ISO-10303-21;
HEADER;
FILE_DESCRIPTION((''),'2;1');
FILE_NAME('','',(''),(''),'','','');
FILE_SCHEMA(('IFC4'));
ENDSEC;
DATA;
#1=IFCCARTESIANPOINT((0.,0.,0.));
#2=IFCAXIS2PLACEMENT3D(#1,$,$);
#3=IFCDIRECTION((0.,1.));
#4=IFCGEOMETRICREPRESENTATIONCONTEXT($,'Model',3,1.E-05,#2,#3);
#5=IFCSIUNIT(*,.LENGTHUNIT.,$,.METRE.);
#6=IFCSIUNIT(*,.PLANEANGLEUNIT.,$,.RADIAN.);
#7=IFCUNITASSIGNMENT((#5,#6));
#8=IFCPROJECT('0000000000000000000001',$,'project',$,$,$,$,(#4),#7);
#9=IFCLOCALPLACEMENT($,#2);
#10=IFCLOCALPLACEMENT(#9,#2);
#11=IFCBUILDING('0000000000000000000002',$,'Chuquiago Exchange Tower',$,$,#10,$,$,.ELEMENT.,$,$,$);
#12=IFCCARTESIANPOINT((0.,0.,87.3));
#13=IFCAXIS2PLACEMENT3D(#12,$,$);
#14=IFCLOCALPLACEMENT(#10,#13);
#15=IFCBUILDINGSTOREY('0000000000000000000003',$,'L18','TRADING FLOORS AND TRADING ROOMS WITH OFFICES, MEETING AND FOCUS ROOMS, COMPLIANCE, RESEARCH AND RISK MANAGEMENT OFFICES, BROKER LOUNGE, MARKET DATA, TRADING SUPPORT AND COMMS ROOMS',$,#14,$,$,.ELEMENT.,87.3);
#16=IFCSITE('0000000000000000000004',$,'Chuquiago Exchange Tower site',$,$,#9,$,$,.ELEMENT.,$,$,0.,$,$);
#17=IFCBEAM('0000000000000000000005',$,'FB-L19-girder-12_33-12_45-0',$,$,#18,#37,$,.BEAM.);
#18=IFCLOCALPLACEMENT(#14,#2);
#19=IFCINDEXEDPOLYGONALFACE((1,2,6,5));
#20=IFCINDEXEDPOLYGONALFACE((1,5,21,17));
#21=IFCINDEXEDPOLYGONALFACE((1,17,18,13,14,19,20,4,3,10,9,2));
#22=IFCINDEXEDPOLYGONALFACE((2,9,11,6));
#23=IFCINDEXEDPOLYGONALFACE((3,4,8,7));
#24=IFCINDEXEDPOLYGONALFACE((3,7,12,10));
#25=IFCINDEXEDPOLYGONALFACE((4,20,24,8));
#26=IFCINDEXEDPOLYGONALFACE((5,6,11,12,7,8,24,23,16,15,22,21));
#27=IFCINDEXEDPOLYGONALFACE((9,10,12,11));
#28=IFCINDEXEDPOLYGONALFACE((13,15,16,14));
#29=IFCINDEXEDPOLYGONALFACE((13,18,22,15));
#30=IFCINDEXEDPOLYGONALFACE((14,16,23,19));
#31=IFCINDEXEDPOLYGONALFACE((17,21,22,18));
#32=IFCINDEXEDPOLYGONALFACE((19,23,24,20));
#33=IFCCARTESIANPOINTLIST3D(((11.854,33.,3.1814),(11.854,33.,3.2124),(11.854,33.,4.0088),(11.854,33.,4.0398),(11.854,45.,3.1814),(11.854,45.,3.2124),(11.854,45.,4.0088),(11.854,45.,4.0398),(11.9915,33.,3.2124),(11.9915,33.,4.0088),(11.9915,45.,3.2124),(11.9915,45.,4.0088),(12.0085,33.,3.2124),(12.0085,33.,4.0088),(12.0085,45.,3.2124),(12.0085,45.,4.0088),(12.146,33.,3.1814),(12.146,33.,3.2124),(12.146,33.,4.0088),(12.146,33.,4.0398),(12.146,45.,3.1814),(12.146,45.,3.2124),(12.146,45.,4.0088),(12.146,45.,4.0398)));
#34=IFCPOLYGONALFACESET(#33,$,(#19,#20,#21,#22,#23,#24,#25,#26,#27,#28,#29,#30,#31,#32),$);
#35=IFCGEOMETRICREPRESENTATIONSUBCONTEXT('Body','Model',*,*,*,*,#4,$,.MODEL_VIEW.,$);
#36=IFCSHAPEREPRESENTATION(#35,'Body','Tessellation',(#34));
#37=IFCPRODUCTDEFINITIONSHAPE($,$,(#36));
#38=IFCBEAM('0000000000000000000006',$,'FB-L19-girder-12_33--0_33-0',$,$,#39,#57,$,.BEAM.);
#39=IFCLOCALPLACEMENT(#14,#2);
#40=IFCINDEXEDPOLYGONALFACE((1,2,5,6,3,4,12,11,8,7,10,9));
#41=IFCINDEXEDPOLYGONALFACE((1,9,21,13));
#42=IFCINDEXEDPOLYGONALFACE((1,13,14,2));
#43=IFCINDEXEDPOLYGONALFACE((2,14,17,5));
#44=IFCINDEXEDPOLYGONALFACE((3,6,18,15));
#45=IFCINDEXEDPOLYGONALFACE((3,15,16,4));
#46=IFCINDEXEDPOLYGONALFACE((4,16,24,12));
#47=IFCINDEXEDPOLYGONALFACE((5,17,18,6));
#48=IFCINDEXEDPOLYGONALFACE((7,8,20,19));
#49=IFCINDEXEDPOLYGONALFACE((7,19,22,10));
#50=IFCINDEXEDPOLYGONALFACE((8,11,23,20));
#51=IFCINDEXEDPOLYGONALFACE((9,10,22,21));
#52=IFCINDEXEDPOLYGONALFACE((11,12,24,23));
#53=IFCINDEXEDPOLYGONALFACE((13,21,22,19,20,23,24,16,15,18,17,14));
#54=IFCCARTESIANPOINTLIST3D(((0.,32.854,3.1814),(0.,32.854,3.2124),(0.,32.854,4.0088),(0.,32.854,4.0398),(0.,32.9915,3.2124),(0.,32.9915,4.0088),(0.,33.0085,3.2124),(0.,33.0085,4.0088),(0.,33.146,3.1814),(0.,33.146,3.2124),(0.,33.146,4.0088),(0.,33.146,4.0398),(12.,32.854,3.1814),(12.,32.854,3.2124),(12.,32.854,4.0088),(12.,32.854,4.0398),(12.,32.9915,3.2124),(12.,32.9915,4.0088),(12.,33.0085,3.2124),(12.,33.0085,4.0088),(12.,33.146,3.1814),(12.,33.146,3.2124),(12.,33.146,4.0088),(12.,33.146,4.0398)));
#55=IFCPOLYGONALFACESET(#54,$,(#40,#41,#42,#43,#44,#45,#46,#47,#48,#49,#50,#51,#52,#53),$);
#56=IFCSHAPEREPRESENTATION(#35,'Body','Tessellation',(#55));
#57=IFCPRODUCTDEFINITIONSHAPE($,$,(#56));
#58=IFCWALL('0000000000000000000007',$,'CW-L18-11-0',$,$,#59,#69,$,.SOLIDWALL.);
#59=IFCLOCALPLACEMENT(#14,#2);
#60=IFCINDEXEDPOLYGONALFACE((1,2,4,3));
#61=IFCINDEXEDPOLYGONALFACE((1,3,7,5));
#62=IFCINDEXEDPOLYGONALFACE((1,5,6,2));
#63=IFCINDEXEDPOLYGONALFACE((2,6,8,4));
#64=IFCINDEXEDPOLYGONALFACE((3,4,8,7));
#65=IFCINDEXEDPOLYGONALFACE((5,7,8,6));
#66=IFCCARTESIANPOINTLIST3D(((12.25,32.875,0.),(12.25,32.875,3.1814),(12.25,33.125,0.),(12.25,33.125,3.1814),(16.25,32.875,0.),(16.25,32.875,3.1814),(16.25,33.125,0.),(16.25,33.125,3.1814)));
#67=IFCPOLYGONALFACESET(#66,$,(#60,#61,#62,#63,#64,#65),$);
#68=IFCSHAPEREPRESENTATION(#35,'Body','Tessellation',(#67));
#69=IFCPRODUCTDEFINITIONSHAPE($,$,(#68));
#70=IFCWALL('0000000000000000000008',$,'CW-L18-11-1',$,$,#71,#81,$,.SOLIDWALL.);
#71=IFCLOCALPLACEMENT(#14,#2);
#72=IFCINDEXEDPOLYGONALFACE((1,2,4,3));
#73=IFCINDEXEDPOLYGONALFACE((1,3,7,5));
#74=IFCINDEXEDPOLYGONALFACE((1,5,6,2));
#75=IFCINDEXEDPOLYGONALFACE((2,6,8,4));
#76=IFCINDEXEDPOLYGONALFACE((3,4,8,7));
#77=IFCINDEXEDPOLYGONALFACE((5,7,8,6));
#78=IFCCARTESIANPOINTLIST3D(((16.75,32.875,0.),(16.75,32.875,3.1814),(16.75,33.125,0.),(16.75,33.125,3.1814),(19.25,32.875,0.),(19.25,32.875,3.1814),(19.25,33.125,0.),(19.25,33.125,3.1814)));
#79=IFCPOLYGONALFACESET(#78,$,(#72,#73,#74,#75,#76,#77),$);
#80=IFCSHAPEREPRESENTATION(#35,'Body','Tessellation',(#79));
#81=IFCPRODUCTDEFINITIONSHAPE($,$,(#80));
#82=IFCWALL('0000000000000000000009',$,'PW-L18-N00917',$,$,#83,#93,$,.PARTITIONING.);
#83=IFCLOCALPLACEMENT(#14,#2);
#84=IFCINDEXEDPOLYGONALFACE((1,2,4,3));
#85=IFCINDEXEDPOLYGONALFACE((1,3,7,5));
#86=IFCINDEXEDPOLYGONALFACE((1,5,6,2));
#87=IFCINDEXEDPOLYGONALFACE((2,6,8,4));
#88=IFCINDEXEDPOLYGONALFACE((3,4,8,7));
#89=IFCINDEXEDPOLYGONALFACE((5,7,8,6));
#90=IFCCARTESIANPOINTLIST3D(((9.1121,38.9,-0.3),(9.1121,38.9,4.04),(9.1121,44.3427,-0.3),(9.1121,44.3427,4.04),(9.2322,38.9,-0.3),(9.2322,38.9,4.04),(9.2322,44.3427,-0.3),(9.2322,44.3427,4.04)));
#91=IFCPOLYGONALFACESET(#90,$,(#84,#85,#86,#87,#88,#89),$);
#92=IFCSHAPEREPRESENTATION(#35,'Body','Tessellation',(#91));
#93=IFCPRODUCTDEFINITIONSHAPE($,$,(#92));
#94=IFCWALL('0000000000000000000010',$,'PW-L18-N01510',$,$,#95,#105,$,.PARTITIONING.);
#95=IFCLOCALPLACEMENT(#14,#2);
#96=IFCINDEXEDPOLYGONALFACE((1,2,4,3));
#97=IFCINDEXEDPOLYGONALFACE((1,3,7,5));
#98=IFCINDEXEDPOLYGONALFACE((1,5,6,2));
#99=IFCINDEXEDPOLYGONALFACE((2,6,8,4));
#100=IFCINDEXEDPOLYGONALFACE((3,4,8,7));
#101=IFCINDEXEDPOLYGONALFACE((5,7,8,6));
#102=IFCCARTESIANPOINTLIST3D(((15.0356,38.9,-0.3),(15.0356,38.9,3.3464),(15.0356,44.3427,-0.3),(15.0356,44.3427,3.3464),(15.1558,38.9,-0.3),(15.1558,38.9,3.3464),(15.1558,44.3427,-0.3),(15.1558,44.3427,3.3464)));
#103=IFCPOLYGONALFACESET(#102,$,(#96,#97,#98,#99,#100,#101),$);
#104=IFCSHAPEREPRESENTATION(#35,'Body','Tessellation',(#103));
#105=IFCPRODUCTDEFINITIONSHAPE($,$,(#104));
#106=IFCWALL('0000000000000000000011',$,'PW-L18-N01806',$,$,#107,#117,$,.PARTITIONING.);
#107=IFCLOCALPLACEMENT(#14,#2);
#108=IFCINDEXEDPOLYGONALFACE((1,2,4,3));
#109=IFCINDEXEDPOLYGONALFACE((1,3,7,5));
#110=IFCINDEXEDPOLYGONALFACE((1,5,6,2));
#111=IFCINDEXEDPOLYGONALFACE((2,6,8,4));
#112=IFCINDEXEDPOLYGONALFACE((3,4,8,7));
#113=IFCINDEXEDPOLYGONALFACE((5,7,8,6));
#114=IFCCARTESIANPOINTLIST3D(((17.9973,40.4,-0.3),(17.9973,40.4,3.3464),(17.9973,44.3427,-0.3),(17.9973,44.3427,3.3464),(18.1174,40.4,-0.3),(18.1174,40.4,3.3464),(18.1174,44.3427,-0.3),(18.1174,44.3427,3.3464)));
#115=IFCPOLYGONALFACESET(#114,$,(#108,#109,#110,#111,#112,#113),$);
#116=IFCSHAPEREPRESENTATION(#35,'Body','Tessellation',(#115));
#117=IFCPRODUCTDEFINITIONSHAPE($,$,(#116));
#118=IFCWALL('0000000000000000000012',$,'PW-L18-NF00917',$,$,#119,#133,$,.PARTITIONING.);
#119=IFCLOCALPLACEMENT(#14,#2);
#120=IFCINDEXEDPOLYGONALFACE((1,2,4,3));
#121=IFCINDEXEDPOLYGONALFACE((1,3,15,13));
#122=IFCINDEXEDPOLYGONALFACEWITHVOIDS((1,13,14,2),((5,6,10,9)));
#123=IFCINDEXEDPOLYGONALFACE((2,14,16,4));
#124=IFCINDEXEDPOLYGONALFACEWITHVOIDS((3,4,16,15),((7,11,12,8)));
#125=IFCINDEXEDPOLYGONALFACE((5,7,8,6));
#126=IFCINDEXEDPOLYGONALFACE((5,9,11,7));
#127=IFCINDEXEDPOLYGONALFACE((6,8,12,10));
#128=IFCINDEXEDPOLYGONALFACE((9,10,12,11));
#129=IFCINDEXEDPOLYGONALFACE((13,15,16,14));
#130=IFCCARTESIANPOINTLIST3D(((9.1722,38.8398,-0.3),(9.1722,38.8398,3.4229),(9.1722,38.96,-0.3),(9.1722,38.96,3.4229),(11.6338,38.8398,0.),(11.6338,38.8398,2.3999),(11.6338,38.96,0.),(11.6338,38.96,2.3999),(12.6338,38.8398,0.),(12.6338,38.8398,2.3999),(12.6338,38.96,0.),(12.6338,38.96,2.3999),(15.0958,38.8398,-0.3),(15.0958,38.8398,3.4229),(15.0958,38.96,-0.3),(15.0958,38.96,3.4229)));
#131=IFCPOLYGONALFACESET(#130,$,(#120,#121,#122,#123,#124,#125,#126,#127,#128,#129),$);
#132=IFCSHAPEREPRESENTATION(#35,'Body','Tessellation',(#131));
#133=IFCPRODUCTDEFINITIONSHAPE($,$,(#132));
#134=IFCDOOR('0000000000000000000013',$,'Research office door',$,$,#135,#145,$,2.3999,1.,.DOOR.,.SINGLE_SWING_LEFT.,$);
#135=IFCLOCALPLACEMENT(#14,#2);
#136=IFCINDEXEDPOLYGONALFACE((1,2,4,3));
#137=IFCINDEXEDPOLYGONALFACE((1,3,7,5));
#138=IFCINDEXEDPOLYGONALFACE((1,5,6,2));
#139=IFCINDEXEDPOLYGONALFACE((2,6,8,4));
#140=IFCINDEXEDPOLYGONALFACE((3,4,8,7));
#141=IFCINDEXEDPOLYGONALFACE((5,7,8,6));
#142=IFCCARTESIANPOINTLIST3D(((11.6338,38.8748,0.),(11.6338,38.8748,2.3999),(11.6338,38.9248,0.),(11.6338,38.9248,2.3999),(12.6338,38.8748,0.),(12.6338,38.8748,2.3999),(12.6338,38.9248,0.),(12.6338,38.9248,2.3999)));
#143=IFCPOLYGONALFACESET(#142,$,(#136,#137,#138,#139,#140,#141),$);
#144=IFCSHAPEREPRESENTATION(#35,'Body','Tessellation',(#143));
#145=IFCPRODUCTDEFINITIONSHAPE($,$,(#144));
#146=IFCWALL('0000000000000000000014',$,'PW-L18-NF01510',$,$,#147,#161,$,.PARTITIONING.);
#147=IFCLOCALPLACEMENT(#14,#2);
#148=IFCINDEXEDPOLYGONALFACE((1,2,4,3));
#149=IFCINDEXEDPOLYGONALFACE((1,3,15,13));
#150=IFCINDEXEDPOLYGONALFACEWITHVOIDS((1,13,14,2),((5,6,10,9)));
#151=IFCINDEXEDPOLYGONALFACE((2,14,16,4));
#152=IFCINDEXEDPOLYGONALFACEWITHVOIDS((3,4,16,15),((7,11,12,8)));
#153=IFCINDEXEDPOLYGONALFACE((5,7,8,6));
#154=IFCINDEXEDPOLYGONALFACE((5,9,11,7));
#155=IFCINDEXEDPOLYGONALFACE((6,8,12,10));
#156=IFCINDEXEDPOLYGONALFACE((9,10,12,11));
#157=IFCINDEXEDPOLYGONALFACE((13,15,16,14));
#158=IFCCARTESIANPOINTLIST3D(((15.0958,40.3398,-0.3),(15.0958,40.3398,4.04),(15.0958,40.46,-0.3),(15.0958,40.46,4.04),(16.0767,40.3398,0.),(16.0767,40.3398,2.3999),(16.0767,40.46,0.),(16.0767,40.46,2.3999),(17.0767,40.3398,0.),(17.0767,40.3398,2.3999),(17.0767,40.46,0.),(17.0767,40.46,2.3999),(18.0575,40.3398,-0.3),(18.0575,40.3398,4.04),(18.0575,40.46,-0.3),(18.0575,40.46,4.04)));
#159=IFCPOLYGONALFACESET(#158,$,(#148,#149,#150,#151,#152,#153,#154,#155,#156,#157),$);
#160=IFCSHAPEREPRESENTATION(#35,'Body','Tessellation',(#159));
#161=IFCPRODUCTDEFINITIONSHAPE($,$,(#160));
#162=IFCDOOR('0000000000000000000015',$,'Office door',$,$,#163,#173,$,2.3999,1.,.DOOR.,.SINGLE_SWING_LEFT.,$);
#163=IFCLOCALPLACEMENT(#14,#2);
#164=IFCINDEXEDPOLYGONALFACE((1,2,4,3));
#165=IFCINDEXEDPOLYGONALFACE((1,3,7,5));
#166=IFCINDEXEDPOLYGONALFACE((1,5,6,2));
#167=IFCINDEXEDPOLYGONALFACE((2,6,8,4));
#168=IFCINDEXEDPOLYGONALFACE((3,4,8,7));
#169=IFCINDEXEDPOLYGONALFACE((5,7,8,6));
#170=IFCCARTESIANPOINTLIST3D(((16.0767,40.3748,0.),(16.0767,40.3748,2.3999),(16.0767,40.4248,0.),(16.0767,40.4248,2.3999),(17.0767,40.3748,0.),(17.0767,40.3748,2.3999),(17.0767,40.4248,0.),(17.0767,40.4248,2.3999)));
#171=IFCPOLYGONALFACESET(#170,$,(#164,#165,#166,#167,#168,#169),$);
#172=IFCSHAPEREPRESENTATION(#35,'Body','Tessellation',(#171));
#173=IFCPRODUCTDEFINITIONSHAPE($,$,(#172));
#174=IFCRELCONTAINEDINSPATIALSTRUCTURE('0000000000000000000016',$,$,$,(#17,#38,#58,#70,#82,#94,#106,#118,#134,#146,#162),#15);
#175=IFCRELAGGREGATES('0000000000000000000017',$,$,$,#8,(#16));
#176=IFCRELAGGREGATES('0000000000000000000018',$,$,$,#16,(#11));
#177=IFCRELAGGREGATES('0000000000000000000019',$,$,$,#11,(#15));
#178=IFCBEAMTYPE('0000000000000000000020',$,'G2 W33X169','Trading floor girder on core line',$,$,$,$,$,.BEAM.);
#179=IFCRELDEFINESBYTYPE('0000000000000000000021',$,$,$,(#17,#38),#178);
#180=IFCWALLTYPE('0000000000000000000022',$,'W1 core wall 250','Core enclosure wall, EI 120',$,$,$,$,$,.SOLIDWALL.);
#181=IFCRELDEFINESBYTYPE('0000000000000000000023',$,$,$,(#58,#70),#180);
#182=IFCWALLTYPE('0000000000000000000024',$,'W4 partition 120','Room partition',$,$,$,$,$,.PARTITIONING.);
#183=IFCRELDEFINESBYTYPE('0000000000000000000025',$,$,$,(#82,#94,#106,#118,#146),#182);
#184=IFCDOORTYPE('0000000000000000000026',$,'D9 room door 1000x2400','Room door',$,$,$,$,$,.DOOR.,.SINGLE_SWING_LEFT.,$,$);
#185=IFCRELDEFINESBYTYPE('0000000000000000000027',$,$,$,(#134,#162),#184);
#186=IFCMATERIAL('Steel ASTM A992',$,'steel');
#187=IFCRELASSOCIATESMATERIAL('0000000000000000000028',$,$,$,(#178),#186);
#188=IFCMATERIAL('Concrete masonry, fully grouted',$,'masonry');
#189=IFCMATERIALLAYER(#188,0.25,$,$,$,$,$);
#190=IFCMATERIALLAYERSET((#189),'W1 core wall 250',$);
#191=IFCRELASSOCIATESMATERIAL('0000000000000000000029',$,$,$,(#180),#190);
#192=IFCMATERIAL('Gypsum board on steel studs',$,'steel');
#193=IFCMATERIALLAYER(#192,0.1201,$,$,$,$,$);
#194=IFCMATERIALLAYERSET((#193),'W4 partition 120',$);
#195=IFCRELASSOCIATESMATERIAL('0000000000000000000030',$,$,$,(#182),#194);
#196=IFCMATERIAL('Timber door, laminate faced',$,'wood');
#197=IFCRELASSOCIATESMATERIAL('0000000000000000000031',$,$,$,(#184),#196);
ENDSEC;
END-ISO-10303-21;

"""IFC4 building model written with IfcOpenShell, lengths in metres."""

from ifc_helpers import new_model, si_unit, direction, frame, frame_2d, origin, origin_2d, place, context, subcontext, project, spatial, rectangle, i_section, extrude, material, layer, layer_set, material_profile, profile_set, type_object, element, fill, save


model = new_model("IFC4")

# Units and contexts
model_context = context("Model", 3, precision=1e-05, world=origin(), true_north=direction((0.0, 1.0)))
body_context = subcontext(model_context, "Body", "Model", "MODEL_VIEW")
ifc_project = project(units=[si_unit("LENGTHUNIT", "METRE"), si_unit("PLANEANGLEUNIT", "RADIAN")], contexts=[model_context])

# Site, building, storey
site_placement = place(None, origin())
site = spatial("IfcSite", under=ifc_project, at=site_placement, Name="Chuquiago Exchange Tower site", CompositionType="ELEMENT", RefElevation=0.0)
building_placement = place(site_placement, origin())
building = spatial("IfcBuilding", under=site, at=building_placement, Name="Chuquiago Exchange Tower", CompositionType="ELEMENT")
storey_placement = place(building_placement, frame((0.0, 0.0, 87.3)))
storey = spatial("IfcBuildingStorey", under=building, at=storey_placement, Name="L18", Description="TRADING FLOORS AND TRADING ROOMS WITH OFFICES, MEETING AND FOCUS ROOMS, COMPLIANCE, RESEARCH AND RISK MANAGEMENT OFFICES, BROKER LOUNGE, MARKET DATA, TRADING SUPPORT AND COMMS ROOMS", CompositionType="ELEMENT", Elevation=87.3)

# Beams
ifc_material_1 = material(Name="Steel ASTM A992", Category="steel")
ifc_material_profile_1 = material_profile(ifc_material_1, i_section(OverallWidth=0.292, OverallDepth=0.8584, WebThickness=0.0171, FlangeThickness=0.031, at=origin_2d()), Name="W33X169")
ifc_profile_set_1 = profile_set([ifc_material_profile_1], Name="Steel ASTM A992")
beam_type_1 = type_object("IfcBeamType", Name="G2 W33X169", Description="Trading floor girder on core line", PredefinedType="BEAM", material=ifc_profile_set_1)
for number, where, z_axis, x_axis, name in (
    (1, (12.0, 33.0, 3.6106), (0.0, 1.0, 0.0), (-1.0, 0.0, 0.0), "FB-L19-girder-12_33-12_45-0"),
    (2, (12.0, 33.0, 3.6106), (-1.0, 0.0, 0.0), (0.0, -1.0, 0.0), "FB-L19-girder-12_33--0_33-0"),
):
    element("IfcBeam", number, at=place(storey_placement, frame(where, z_axis=z_axis, x_axis=x_axis)), inside=storey, type_object=beam_type_1, Name=name, PredefinedType="BEAM", context=body_context, shape_type="SweptSolid", body=[
        extrude(i_section(OverallWidth=0.292, OverallDepth=0.8584, WebThickness=0.0171, FlangeThickness=0.031, at=origin_2d()), origin(), (0.0, 0.0, 1.0), 12.0),
    ])

# Walls
ifc_material_2 = material(Name="Concrete masonry, fully grouted", Category="masonry")
ifc_layer_1 = layer(ifc_material_2, 0.25)
ifc_layer_set_1 = layer_set([ifc_layer_1], Name="W1 core wall 250")
wall_type_1 = type_object("IfcWallType", Name="W1 core wall 250", Description="Core enclosure wall, EI 120", PredefinedType="SOLIDWALL", material=ifc_layer_set_1)
wall_1_placement = place(storey_placement, frame((12.25, 33.0, 0.0), z_axis=(0.0, 0.0, 1.0), x_axis=(1.0, 0.0, 0.0)))
element("IfcWall", 3, at=wall_1_placement, inside=storey, type_object=wall_type_1, Name="CW-L18-11-0", PredefinedType="SOLIDWALL", context=body_context, shape_type="SweptSolid", body=[
    extrude(rectangle(XDim=4.0, YDim=0.25, at=frame_2d((2.0, 0.0))), origin(), (0.0, 0.0, 1.0), 3.1814),
])
wall_2_placement = place(storey_placement, frame((16.75, 33.0, 0.0), z_axis=(0.0, 0.0, 1.0), x_axis=(1.0, 0.0, 0.0)))
element("IfcWall", 4, at=wall_2_placement, inside=storey, type_object=wall_type_1, Name="CW-L18-11-1", PredefinedType="SOLIDWALL", context=body_context, shape_type="SweptSolid", body=[
    extrude(rectangle(XDim=2.5, YDim=0.25, at=frame_2d((1.25, 0.0))), origin(), (0.0, 0.0, 1.0), 3.1814),
])
ifc_material_3 = material(Name="Gypsum board on steel studs", Category="steel")
ifc_layer_2 = layer(ifc_material_3, 0.1201)
ifc_layer_set_2 = layer_set([ifc_layer_2], Name="W4 partition 120")
wall_type_2 = type_object("IfcWallType", Name="W4 partition 120", Description="Room partition", PredefinedType="PARTITIONING", material=ifc_layer_set_2)
wall_3_placement = place(storey_placement, frame((9.1721, 44.3425, -0.3), z_axis=(0.0, 0.0, 1.0), x_axis=(0.0, -1.0, 0.0)))
element("IfcWall", 5, at=wall_3_placement, inside=storey, type_object=wall_type_2, Name="PW-L18-N00917", PredefinedType="PARTITIONING", context=body_context, shape_type="SweptSolid", body=[
    extrude(rectangle(XDim=5.4426, YDim=0.1201, at=frame_2d((2.7212, 0.0))), origin(), (0.0, 0.0, 1.0), 4.3401),
])
wall_4_placement = place(storey_placement, frame((15.0957, 44.3425, -0.3), z_axis=(0.0, 0.0, 1.0), x_axis=(0.0, -1.0, 0.0)))
element("IfcWall", 6, at=wall_4_placement, inside=storey, type_object=wall_type_2, Name="PW-L18-N01510", PredefinedType="PARTITIONING", context=body_context, shape_type="SweptSolid", body=[
    extrude(rectangle(XDim=5.4426, YDim=0.1201, at=frame_2d((2.7212, 0.0))), origin(), (0.0, 0.0, 1.0), 3.6465),
])
wall_5_placement = place(storey_placement, frame((18.0574, 44.3425, -0.3), z_axis=(0.0, 0.0, 1.0), x_axis=(0.0, -1.0, 0.0)))
element("IfcWall", 7, at=wall_5_placement, inside=storey, type_object=wall_type_2, Name="PW-L18-N01806", PredefinedType="PARTITIONING", context=body_context, shape_type="SweptSolid", body=[
    extrude(rectangle(XDim=3.9426, YDim=0.1201, at=frame_2d((1.9712, 0.0))), origin(), (0.0, 0.0, 1.0), 3.6465),
])

# Walls, openings, doors
wall_6_placement = place(storey_placement, frame((9.1721, 38.8999, -0.3), z_axis=(0.0, 0.0, 1.0), x_axis=(1.0, 0.0, 0.0)))
wall_6 = element("IfcWall", 8, at=wall_6_placement, inside=storey, type_object=wall_type_2, Name="PW-L18-NF00917", PredefinedType="PARTITIONING", context=body_context, shape_type="SweptSolid", body=[
    extrude(rectangle(XDim=5.9236, YDim=0.1201, at=frame_2d((2.9619, 0.0))), origin(), (0.0, 0.0, 1.0), 3.7229),
])
opening_1_placement = place(wall_6_placement, frame((2.4617, 0.0, 0.3)))
opening_1 = element("IfcOpeningElement", 9, at=opening_1_placement, cuts=wall_6, PredefinedType="OPENING", context=body_context, shape_type="SweptSolid", body=[
    extrude(rectangle(XDim=1.0, YDim=2.3999, at=frame_2d((0.5, 1.2))), frame((0.0, 0.0701, 0.0), z_axis=(0.0, -1.0, 0.0), x_axis=(1.0, 0.0, 0.0)), (0.0, 0.0, 1.0), 0.1401),
])
ifc_material_4 = material(Name="Timber door, laminate faced", Category="wood")
door_type_1 = type_object("IfcDoorType", Name="D9 room door 1000x2400", Description="Room door", OperationType="SINGLE_SWING_LEFT", PredefinedType="DOOR", material=ifc_material_4)
door_1_placement = place(opening_1_placement, origin())
door_1 = element("IfcDoor", 10, at=door_1_placement, inside=storey, type_object=door_type_1, Name="Research office door", OperationType="SINGLE_SWING_LEFT", OverallHeight=2.3999, OverallWidth=1.0, PredefinedType="DOOR", context=body_context, shape_type="SweptSolid", body=[
    extrude(rectangle(XDim=1.0, YDim=2.3999, at=frame_2d((0.5, 1.2))), frame((0.0, 0.0249, 0.0), z_axis=(0.0, -1.0, 0.0), x_axis=(1.0, 0.0, 0.0)), (0.0, 0.0, 1.0), 0.05),
])
fill(opening_1, door_1)
wall_7_placement = place(storey_placement, frame((15.0957, 40.3999, -0.3), z_axis=(0.0, 0.0, 1.0), x_axis=(1.0, 0.0, 0.0)))
wall_7 = element("IfcWall", 11, at=wall_7_placement, inside=storey, type_object=wall_type_2, Name="PW-L18-NF01510", PredefinedType="PARTITIONING", context=body_context, shape_type="SweptSolid", body=[
    extrude(rectangle(XDim=2.9617, YDim=0.1201, at=frame_2d((1.481, 0.0))), origin(), (0.0, 0.0, 1.0), 4.3401),
])
opening_2_placement = place(wall_7_placement, frame((0.981, 0.0, 0.3)))
opening_2 = element("IfcOpeningElement", 12, at=opening_2_placement, cuts=wall_7, PredefinedType="OPENING", context=body_context, shape_type="SweptSolid", body=[
    extrude(rectangle(XDim=1.0, YDim=2.3999, at=frame_2d((0.5, 1.2))), frame((0.0, 0.0701, 0.0), z_axis=(0.0, -1.0, 0.0), x_axis=(1.0, 0.0, 0.0)), (0.0, 0.0, 1.0), 0.1401),
])
door_2_placement = place(opening_2_placement, origin())
door_2 = element("IfcDoor", 13, at=door_2_placement, inside=storey, type_object=door_type_1, Name="Office door", OperationType="SINGLE_SWING_LEFT", OverallHeight=2.3999, OverallWidth=1.0, PredefinedType="DOOR", context=body_context, shape_type="SweptSolid", body=[
    extrude(rectangle(XDim=1.0, YDim=2.3999, at=frame_2d((0.5, 1.2))), frame((0.0, 0.0249, 0.0), z_axis=(0.0, -1.0, 0.0), x_axis=(1.0, 0.0, 0.0)), (0.0, 0.0, 1.0), 0.05),
])
fill(opening_2, door_2)

save(model, "model.ifc")
